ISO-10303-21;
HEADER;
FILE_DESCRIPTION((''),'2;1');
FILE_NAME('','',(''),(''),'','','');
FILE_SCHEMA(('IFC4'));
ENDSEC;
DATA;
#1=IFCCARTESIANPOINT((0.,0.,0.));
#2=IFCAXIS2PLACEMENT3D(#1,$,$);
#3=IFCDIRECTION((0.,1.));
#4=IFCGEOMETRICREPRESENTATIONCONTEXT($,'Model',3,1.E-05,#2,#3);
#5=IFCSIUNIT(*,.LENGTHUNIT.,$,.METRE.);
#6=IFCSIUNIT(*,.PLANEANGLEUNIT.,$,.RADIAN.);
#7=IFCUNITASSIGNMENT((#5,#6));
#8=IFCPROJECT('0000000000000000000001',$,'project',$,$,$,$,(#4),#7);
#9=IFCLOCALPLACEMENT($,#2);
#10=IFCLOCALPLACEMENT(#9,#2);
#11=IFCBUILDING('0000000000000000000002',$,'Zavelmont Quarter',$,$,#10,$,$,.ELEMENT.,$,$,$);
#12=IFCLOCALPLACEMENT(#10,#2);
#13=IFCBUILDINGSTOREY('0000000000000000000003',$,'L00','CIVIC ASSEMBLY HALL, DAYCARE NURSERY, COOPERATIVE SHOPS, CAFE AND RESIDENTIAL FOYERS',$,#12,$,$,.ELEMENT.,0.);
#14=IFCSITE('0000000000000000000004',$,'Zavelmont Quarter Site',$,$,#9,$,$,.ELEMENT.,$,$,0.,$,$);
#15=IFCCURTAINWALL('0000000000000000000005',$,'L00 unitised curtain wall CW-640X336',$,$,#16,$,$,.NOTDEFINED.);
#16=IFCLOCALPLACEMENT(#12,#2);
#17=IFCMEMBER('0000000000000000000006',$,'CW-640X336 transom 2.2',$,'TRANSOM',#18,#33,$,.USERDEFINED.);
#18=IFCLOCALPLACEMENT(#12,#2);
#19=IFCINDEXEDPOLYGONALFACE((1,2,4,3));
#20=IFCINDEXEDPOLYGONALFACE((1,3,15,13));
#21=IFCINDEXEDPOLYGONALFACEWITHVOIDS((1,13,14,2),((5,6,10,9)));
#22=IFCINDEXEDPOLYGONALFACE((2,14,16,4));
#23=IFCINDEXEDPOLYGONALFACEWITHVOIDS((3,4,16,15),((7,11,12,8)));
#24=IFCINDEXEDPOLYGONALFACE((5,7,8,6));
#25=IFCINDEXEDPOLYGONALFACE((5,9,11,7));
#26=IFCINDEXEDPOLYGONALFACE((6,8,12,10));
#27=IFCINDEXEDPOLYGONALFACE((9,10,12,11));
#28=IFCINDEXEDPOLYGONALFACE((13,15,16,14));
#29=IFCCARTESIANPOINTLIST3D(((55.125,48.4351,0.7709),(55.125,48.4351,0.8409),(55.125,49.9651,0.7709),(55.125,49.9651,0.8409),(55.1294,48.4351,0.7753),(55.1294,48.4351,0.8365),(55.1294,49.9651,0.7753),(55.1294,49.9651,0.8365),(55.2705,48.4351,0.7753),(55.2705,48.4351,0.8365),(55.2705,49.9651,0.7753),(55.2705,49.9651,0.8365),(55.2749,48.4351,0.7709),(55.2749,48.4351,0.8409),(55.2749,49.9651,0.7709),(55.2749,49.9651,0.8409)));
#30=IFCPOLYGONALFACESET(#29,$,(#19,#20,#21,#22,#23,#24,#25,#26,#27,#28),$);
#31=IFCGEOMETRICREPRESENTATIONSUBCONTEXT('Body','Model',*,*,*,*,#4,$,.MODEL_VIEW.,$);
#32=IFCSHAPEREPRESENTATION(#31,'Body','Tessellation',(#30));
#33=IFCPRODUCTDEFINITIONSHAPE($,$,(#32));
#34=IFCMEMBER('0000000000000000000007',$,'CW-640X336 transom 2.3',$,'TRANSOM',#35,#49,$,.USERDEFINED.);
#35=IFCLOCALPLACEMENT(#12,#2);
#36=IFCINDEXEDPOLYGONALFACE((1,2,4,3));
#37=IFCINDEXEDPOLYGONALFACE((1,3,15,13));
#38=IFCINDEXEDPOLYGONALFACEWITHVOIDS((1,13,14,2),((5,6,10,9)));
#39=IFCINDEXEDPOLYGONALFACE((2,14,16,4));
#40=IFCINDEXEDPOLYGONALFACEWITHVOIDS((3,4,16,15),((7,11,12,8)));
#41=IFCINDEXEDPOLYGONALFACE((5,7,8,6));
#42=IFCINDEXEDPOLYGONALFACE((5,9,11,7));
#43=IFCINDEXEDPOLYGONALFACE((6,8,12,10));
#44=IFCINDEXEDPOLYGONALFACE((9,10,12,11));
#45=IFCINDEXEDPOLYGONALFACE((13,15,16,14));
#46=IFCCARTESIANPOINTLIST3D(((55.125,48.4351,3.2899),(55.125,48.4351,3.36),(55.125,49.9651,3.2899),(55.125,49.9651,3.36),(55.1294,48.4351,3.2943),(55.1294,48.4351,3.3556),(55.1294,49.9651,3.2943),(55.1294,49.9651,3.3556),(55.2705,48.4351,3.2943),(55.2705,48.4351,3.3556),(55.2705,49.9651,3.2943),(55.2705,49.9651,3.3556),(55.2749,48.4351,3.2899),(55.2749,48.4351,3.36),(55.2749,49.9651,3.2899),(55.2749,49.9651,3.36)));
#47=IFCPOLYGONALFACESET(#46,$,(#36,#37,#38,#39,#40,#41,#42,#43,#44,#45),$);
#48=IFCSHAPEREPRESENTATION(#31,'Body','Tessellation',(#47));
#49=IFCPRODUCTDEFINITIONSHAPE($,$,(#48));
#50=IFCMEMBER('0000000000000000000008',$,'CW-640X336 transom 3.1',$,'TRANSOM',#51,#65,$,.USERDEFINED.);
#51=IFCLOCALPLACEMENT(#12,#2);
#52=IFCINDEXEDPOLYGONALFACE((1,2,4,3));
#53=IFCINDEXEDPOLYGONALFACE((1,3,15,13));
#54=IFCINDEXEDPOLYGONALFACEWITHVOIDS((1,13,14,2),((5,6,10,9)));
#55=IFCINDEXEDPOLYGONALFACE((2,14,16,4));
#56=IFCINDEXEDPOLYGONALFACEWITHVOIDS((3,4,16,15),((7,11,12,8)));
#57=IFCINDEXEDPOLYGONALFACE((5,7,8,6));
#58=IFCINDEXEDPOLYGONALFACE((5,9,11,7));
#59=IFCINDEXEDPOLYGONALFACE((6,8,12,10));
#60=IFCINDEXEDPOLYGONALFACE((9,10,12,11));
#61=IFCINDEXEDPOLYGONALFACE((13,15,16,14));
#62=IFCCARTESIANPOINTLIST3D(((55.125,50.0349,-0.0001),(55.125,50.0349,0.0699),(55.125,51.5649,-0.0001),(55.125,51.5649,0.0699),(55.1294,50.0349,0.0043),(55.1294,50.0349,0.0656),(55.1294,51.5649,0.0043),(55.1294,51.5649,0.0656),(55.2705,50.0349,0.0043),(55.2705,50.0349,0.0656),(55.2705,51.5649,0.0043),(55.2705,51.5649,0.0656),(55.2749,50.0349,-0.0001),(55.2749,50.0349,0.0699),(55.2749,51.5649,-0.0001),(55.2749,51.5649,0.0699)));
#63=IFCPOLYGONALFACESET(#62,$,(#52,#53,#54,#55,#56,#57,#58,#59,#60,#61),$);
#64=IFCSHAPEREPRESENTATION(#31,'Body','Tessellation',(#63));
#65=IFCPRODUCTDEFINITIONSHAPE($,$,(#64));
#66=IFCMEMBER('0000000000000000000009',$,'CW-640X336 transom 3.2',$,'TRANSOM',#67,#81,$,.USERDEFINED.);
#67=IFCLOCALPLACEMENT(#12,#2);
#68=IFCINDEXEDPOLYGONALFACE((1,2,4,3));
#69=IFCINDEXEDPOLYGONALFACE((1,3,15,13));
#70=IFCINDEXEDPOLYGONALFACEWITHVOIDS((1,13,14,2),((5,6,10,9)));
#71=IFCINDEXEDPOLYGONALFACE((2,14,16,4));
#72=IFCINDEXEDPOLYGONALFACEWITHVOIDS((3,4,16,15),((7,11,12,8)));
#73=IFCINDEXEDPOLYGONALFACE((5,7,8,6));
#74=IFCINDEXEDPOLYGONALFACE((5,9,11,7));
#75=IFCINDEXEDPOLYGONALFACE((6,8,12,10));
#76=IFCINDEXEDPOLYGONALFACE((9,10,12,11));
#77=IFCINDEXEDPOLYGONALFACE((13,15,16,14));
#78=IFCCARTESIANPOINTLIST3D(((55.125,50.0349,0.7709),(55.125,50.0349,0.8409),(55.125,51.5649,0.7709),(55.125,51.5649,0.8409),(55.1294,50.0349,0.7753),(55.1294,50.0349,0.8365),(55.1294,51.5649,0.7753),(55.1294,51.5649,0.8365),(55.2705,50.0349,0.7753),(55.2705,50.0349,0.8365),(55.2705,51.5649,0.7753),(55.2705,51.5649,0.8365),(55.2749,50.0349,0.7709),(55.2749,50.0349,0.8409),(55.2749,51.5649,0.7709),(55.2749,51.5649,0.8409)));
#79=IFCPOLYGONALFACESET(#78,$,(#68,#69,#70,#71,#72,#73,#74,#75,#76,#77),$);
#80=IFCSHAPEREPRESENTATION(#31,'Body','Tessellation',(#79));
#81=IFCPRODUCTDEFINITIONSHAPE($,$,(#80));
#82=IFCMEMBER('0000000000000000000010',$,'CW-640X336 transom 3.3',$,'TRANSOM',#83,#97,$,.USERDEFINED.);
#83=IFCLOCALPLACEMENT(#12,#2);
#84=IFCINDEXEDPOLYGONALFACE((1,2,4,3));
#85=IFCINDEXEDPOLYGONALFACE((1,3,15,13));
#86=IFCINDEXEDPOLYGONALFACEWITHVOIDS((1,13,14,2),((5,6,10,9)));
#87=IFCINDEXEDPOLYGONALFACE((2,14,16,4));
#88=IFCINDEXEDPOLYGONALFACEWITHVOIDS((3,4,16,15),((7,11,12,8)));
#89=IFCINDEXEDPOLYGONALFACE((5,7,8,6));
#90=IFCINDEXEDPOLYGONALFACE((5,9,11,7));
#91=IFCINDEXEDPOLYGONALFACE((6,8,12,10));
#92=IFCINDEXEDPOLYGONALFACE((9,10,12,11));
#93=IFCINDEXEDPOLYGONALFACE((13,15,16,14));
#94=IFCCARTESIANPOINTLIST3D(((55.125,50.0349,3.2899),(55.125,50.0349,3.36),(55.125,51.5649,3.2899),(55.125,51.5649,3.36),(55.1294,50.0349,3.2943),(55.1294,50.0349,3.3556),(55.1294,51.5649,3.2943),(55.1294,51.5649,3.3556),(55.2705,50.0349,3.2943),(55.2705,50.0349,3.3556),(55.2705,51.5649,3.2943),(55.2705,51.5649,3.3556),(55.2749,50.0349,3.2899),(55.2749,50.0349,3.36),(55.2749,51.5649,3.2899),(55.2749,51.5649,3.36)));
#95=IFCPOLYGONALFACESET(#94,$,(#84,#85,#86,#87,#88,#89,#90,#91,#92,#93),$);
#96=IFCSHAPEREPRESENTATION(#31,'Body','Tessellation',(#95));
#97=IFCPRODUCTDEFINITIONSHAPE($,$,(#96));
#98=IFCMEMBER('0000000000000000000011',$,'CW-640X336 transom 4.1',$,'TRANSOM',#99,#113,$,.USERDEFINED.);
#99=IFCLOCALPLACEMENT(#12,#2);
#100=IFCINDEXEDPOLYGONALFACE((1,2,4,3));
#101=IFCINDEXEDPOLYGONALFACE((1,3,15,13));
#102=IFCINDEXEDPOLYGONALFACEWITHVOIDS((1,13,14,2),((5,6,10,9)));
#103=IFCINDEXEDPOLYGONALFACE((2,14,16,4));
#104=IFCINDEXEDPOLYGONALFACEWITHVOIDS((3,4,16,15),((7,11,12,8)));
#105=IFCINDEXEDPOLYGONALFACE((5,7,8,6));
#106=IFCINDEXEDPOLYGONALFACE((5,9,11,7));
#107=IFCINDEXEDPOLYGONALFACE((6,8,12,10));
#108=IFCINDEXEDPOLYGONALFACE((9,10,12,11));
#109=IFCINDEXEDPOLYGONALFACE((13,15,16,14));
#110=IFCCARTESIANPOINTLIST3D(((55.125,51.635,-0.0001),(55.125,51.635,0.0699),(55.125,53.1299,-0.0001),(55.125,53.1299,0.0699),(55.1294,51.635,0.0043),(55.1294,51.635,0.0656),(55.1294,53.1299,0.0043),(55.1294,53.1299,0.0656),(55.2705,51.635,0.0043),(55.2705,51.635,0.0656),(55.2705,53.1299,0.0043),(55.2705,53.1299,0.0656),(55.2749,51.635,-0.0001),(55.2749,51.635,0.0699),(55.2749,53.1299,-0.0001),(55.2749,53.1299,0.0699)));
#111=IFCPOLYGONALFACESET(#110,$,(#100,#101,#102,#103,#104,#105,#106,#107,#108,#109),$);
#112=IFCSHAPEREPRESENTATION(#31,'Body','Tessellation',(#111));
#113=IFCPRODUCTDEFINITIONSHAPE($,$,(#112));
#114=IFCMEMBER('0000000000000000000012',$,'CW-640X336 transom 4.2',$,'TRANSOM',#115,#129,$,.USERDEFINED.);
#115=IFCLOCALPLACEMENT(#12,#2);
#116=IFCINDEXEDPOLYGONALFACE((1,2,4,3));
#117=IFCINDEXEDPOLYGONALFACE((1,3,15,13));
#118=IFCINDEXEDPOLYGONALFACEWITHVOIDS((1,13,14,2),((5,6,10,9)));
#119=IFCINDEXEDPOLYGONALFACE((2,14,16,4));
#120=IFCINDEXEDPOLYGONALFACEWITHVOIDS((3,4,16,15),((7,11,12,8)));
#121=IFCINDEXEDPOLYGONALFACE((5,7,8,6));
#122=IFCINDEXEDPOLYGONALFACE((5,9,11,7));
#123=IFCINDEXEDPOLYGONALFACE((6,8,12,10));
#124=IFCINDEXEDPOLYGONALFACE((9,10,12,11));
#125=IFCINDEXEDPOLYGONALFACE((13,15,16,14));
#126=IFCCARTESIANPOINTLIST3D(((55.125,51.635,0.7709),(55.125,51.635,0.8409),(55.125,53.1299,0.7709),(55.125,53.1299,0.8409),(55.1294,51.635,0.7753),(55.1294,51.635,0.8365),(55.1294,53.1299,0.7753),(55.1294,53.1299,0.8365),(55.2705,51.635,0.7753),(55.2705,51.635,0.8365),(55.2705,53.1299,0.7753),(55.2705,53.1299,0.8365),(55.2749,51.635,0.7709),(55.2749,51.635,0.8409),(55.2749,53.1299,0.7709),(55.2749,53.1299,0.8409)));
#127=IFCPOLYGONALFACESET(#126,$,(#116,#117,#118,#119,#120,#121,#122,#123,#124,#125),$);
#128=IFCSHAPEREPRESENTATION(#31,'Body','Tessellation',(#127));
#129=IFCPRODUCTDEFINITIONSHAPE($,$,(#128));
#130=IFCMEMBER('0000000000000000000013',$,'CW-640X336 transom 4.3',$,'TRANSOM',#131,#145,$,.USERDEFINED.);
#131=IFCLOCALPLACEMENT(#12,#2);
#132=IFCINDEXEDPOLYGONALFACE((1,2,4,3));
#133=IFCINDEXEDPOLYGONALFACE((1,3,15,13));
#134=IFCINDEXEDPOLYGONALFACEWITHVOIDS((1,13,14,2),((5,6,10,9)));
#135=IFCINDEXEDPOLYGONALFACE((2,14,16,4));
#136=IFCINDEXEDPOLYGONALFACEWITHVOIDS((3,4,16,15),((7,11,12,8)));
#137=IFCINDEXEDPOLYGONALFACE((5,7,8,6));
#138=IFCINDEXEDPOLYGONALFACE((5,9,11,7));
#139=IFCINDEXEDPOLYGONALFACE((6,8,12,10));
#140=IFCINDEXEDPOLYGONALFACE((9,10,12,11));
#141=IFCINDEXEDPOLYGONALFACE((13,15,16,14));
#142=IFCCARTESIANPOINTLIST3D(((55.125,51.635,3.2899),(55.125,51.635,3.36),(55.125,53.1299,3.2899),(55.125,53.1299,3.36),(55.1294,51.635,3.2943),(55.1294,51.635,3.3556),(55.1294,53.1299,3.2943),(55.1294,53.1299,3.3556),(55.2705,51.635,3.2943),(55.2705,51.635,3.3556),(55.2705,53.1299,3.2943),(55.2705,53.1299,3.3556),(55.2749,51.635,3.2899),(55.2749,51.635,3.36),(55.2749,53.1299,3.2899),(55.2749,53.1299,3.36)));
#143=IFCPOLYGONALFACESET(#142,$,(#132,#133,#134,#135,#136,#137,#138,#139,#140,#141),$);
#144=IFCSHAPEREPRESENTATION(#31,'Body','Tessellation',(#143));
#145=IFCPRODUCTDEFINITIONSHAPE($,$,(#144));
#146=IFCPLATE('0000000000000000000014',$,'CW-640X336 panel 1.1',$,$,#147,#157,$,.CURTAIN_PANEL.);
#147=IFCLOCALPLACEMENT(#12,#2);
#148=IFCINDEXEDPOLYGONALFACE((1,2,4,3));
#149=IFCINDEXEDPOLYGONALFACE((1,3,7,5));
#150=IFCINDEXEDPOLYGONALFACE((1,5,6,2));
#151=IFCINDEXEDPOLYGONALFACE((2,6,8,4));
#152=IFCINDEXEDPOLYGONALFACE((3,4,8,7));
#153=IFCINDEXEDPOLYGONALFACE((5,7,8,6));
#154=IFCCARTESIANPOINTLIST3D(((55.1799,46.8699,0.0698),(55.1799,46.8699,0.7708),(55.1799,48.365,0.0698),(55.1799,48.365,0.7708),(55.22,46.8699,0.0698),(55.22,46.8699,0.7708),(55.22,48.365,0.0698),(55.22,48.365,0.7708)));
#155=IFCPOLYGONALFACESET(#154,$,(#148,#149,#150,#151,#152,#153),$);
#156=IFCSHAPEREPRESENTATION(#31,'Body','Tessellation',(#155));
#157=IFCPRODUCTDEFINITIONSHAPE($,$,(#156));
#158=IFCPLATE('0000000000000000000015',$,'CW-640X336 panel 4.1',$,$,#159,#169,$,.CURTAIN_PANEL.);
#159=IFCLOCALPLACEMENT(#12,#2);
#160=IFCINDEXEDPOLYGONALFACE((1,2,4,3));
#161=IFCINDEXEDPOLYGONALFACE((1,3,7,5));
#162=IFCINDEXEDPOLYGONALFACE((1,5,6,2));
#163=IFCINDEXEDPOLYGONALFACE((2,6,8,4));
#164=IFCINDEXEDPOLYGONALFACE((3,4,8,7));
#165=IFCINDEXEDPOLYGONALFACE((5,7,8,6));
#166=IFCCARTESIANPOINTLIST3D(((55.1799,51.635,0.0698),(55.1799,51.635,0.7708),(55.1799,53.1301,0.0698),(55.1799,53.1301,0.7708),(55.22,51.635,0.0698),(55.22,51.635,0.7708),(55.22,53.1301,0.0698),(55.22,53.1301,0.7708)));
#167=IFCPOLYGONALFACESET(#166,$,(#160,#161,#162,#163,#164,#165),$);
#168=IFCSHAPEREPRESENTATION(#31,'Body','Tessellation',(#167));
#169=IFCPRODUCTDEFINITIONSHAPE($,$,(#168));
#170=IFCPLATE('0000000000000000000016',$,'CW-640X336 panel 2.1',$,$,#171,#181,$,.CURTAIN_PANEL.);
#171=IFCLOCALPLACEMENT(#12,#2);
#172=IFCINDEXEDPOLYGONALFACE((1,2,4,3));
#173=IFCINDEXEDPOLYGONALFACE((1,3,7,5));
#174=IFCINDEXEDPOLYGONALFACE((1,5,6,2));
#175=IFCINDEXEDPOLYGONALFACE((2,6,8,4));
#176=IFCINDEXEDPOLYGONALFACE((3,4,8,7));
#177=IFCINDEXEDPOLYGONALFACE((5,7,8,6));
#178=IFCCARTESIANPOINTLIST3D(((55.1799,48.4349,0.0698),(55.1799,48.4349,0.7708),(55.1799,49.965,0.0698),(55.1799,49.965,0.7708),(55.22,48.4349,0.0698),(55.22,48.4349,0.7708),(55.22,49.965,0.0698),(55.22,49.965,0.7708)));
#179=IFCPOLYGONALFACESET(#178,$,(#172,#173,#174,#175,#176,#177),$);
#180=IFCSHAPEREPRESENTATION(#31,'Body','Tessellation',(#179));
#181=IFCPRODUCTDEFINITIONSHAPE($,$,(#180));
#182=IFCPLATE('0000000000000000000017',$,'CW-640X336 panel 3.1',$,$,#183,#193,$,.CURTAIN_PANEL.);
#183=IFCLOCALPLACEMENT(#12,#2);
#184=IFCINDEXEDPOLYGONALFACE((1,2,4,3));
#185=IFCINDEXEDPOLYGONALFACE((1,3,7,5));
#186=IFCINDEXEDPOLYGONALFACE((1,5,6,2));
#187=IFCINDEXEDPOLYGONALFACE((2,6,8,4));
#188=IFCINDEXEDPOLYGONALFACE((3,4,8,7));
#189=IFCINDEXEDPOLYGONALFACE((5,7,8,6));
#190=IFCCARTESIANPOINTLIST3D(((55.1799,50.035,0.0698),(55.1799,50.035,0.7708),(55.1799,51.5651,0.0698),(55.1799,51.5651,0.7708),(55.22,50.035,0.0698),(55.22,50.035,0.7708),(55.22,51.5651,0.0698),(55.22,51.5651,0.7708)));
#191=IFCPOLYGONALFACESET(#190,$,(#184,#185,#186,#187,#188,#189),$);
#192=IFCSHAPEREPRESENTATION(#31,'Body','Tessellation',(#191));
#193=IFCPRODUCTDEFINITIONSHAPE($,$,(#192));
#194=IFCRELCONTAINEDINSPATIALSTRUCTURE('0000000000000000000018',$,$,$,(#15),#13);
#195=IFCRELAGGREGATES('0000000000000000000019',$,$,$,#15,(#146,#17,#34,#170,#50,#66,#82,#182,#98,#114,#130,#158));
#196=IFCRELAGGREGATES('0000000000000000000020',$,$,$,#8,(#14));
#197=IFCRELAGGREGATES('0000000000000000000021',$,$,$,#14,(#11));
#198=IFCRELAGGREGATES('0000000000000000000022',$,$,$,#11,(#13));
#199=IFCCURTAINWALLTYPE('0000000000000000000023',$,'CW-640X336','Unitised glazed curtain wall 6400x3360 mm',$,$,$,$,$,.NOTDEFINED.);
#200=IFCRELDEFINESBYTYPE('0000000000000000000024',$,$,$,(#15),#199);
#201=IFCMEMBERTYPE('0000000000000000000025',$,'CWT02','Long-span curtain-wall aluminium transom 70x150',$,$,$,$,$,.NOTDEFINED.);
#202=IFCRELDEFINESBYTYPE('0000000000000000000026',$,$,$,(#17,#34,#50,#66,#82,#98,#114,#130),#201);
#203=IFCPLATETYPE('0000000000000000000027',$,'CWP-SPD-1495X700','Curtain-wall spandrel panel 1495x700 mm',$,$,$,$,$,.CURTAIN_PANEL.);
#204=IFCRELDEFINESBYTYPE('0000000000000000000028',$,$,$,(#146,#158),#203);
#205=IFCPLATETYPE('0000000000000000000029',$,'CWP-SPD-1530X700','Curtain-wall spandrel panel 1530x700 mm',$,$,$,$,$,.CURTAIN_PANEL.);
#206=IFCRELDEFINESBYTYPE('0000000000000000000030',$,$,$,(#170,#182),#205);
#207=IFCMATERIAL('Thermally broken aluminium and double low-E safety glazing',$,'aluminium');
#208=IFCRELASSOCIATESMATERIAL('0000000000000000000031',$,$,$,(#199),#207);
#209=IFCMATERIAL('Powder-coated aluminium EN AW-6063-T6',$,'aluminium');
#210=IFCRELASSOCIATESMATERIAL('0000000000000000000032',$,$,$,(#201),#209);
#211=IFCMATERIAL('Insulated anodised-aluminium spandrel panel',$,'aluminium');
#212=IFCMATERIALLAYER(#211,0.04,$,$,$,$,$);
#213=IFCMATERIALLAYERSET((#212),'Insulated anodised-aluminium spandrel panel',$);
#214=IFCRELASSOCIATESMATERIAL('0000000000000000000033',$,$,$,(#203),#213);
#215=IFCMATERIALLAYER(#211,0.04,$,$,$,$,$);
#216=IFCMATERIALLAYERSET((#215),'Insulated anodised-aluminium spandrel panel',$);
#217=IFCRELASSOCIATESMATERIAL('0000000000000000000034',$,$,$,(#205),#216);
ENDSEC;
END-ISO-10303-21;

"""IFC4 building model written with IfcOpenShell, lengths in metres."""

from ifc_helpers import new_model, si_unit, direction, frame, origin, origin_2d, place, context, subcontext, project, spatial, rectangle, hollow_rectangle, extrude, material, layer, layer_set, material_profile, profile_set, type_object, element, aggregate, save


model = new_model("IFC4")

# Units and contexts
model_context = context("Model", 3, precision=1e-05, world=origin(), true_north=direction((0.0, 1.0)))
body_context = subcontext(model_context, "Body", "Model", "MODEL_VIEW")
ifc_project = project(units=[si_unit("LENGTHUNIT", "METRE"), si_unit("PLANEANGLEUNIT", "RADIAN")], contexts=[model_context])

# Site, building, storey
site_placement = place(None, origin())
site = spatial("IfcSite", under=ifc_project, at=site_placement, Name="Zavelmont Quarter Site", CompositionType="ELEMENT", RefElevation=0.0)
building_placement = place(site_placement, origin())
building = spatial("IfcBuilding", under=site, at=building_placement, Name="Zavelmont Quarter", CompositionType="ELEMENT")
storey_placement = place(building_placement, origin())
storey = spatial("IfcBuildingStorey", under=building, at=storey_placement, Name="L00", Description="CIVIC ASSEMBLY HALL, DAYCARE NURSERY, COOPERATIVE SHOPS, CAFE AND RESIDENTIAL FOYERS", CompositionType="ELEMENT", Elevation=0.0)

# Curtain wall, members, plates
ifc_material_1 = material(Name="Thermally broken aluminium and double low-E safety glazing", Category="aluminium")
curtain_wall_type = type_object("IfcCurtainWallType", Name="CW-640X336", Description="Unitised glazed curtain wall 6400x3360 mm", PredefinedType="NOTDEFINED", material=ifc_material_1)
curtain_wall_placement = place(storey_placement, origin())
curtain_wall = element("IfcCurtainWall", 1, at=curtain_wall_placement, inside=storey, type_object=curtain_wall_type, Name="L00 unitised curtain wall CW-640X336", PredefinedType="NOTDEFINED")
ifc_material_2 = material(Name="Powder-coated aluminium EN AW-6063-T6", Category="aluminium")
ifc_material_profile_1 = material_profile(ifc_material_2, hollow_rectangle(XDim=0.1499, YDim=0.0701, WallThickness=0.0044, at=origin_2d()), Name="CWT70X150")
ifc_profile_set_1 = profile_set([ifc_material_profile_1], Name="Powder-coated aluminium EN AW-6063-T6")
member_type_1 = type_object("IfcMemberType", Name="CWT02", Description="Long-span curtain-wall aluminium transom 70x150", PredefinedType="NOTDEFINED", material=ifc_profile_set_1)
member_1_placement = place(storey_placement, frame((55.2, 48.4351, 0.8059), z_axis=(0.0, 1.0, 0.0), x_axis=(-1.0, 0.0, 0.0)))
member_1 = element("IfcMember", 2, at=member_1_placement, type_object=member_type_1, Name="CW-640X336 transom 2.2", ObjectType="TRANSOM", PredefinedType="USERDEFINED", context=body_context, shape_type="SweptSolid", body=[
    extrude(hollow_rectangle(XDim=0.1499, YDim=0.0701, WallThickness=0.0044, at=origin_2d()), origin(), (0.0, 0.0, 1.0), 1.53),
])
member_2_placement = place(storey_placement, frame((55.2, 48.4351, 3.325), z_axis=(0.0, 1.0, 0.0), x_axis=(-1.0, 0.0, 0.0)))
member_2 = element("IfcMember", 3, at=member_2_placement, type_object=member_type_1, Name="CW-640X336 transom 2.3", ObjectType="TRANSOM", PredefinedType="USERDEFINED", context=body_context, shape_type="SweptSolid", body=[
    extrude(hollow_rectangle(XDim=0.1499, YDim=0.0701, WallThickness=0.0044, at=origin_2d()), origin(), (0.0, 0.0, 1.0), 1.53),
])
member_3_placement = place(storey_placement, frame((55.2, 50.0349, 0.0349), z_axis=(0.0, 1.0, 0.0), x_axis=(-1.0, 0.0, 0.0)))
member_3 = element("IfcMember", 4, at=member_3_placement, type_object=member_type_1, Name="CW-640X336 transom 3.1", ObjectType="TRANSOM", PredefinedType="USERDEFINED", context=body_context, shape_type="SweptSolid", body=[
    extrude(hollow_rectangle(XDim=0.1499, YDim=0.0701, WallThickness=0.0044, at=origin_2d()), origin(), (0.0, 0.0, 1.0), 1.53),
])
member_4_placement = place(storey_placement, frame((55.2, 50.0349, 0.8059), z_axis=(0.0, 1.0, 0.0), x_axis=(-1.0, 0.0, 0.0)))
member_4 = element("IfcMember", 5, at=member_4_placement, type_object=member_type_1, Name="CW-640X336 transom 3.2", ObjectType="TRANSOM", PredefinedType="USERDEFINED", context=body_context, shape_type="SweptSolid", body=[
    extrude(hollow_rectangle(XDim=0.1499, YDim=0.0701, WallThickness=0.0044, at=origin_2d()), origin(), (0.0, 0.0, 1.0), 1.53),
])
member_5_placement = place(storey_placement, frame((55.2, 50.0349, 3.325), z_axis=(0.0, 1.0, 0.0), x_axis=(-1.0, 0.0, 0.0)))
member_5 = element("IfcMember", 6, at=member_5_placement, type_object=member_type_1, Name="CW-640X336 transom 3.3", ObjectType="TRANSOM", PredefinedType="USERDEFINED", context=body_context, shape_type="SweptSolid", body=[
    extrude(hollow_rectangle(XDim=0.1499, YDim=0.0701, WallThickness=0.0044, at=origin_2d()), origin(), (0.0, 0.0, 1.0), 1.53),
])
member_6_placement = place(storey_placement, frame((55.2, 51.635, 0.0349), z_axis=(0.0, 1.0, 0.0), x_axis=(-1.0, 0.0, 0.0)))
member_6 = element("IfcMember", 7, at=member_6_placement, type_object=member_type_1, Name="CW-640X336 transom 4.1", ObjectType="TRANSOM", PredefinedType="USERDEFINED", context=body_context, shape_type="SweptSolid", body=[
    extrude(hollow_rectangle(XDim=0.1499, YDim=0.0701, WallThickness=0.0044, at=origin_2d()), origin(), (0.0, 0.0, 1.0), 1.4949),
])
member_7_placement = place(storey_placement, frame((55.2, 51.635, 0.8059), z_axis=(0.0, 1.0, 0.0), x_axis=(-1.0, 0.0, 0.0)))
member_7 = element("IfcMember", 8, at=member_7_placement, type_object=member_type_1, Name="CW-640X336 transom 4.2", ObjectType="TRANSOM", PredefinedType="USERDEFINED", context=body_context, shape_type="SweptSolid", body=[
    extrude(hollow_rectangle(XDim=0.1499, YDim=0.0701, WallThickness=0.0044, at=origin_2d()), origin(), (0.0, 0.0, 1.0), 1.4949),
])
member_8_placement = place(storey_placement, frame((55.2, 51.635, 3.325), z_axis=(0.0, 1.0, 0.0), x_axis=(-1.0, 0.0, 0.0)))
member_8 = element("IfcMember", 9, at=member_8_placement, type_object=member_type_1, Name="CW-640X336 transom 4.3", ObjectType="TRANSOM", PredefinedType="USERDEFINED", context=body_context, shape_type="SweptSolid", body=[
    extrude(hollow_rectangle(XDim=0.1499, YDim=0.0701, WallThickness=0.0044, at=origin_2d()), origin(), (0.0, 0.0, 1.0), 1.4949),
])
ifc_material_3 = material(Name="Insulated anodised-aluminium spandrel panel", Category="aluminium")
ifc_layer_1 = layer(ifc_material_3, 0.04)
ifc_layer_set_1 = layer_set([ifc_layer_1], Name="Insulated anodised-aluminium spandrel panel")
plate_type_1 = type_object("IfcPlateType", Name="CWP-SPD-1495X700", Description="Curtain-wall spandrel panel 1495x700 mm", PredefinedType="CURTAIN_PANEL", material=ifc_layer_set_1)
plate_1_placement = place(storey_placement, frame((55.2, 47.6174, 0.0698), z_axis=(0.0, 0.0, 1.0), x_axis=(0.0, 1.0, 0.0)))
plate_1 = element("IfcPlate", 10, at=plate_1_placement, type_object=plate_type_1, Name="CW-640X336 panel 1.1", PredefinedType="CURTAIN_PANEL", context=body_context, shape_type="SweptSolid", body=[
    extrude(rectangle(XDim=1.4951, YDim=0.04, at=origin_2d()), origin(), (0.0, 0.0, 1.0), 0.7009),
])
plate_2_placement = place(storey_placement, frame((55.2, 52.3826, 0.0698), z_axis=(0.0, 0.0, 1.0), x_axis=(0.0, 1.0, 0.0)))
plate_2 = element("IfcPlate", 11, at=plate_2_placement, type_object=plate_type_1, Name="CW-640X336 panel 4.1", PredefinedType="CURTAIN_PANEL", context=body_context, shape_type="SweptSolid", body=[
    extrude(rectangle(XDim=1.4951, YDim=0.04, at=origin_2d()), origin(), (0.0, 0.0, 1.0), 0.7009),
])
ifc_layer_2 = layer(ifc_material_3, 0.04)
ifc_layer_set_2 = layer_set([ifc_layer_2], Name="Insulated anodised-aluminium spandrel panel")
plate_type_2 = type_object("IfcPlateType", Name="CWP-SPD-1530X700", Description="Curtain-wall spandrel panel 1530x700 mm", PredefinedType="CURTAIN_PANEL", material=ifc_layer_set_2)
plate_3_placement = place(storey_placement, frame((55.2, 49.2, 0.0698), z_axis=(0.0, 0.0, 1.0), x_axis=(0.0, 1.0, 0.0)))
plate_3 = element("IfcPlate", 12, at=plate_3_placement, type_object=plate_type_2, Name="CW-640X336 panel 2.1", PredefinedType="CURTAIN_PANEL", context=body_context, shape_type="SweptSolid", body=[
    extrude(rectangle(XDim=1.53, YDim=0.04, at=origin_2d()), origin(), (0.0, 0.0, 1.0), 0.7009),
])
plate_4_placement = place(storey_placement, frame((55.2, 50.8, 0.0698), z_axis=(0.0, 0.0, 1.0), x_axis=(0.0, 1.0, 0.0)))
plate_4 = element("IfcPlate", 13, at=plate_4_placement, type_object=plate_type_2, Name="CW-640X336 panel 3.1", PredefinedType="CURTAIN_PANEL", context=body_context, shape_type="SweptSolid", body=[
    extrude(rectangle(XDim=1.53, YDim=0.04, at=origin_2d()), origin(), (0.0, 0.0, 1.0), 0.7009),
])
aggregate(curtain_wall, [plate_1, member_1, member_2, plate_3, member_3, member_4, member_5, plate_4, member_6, member_7, member_8, plate_2])

save(model, "model.ifc")
